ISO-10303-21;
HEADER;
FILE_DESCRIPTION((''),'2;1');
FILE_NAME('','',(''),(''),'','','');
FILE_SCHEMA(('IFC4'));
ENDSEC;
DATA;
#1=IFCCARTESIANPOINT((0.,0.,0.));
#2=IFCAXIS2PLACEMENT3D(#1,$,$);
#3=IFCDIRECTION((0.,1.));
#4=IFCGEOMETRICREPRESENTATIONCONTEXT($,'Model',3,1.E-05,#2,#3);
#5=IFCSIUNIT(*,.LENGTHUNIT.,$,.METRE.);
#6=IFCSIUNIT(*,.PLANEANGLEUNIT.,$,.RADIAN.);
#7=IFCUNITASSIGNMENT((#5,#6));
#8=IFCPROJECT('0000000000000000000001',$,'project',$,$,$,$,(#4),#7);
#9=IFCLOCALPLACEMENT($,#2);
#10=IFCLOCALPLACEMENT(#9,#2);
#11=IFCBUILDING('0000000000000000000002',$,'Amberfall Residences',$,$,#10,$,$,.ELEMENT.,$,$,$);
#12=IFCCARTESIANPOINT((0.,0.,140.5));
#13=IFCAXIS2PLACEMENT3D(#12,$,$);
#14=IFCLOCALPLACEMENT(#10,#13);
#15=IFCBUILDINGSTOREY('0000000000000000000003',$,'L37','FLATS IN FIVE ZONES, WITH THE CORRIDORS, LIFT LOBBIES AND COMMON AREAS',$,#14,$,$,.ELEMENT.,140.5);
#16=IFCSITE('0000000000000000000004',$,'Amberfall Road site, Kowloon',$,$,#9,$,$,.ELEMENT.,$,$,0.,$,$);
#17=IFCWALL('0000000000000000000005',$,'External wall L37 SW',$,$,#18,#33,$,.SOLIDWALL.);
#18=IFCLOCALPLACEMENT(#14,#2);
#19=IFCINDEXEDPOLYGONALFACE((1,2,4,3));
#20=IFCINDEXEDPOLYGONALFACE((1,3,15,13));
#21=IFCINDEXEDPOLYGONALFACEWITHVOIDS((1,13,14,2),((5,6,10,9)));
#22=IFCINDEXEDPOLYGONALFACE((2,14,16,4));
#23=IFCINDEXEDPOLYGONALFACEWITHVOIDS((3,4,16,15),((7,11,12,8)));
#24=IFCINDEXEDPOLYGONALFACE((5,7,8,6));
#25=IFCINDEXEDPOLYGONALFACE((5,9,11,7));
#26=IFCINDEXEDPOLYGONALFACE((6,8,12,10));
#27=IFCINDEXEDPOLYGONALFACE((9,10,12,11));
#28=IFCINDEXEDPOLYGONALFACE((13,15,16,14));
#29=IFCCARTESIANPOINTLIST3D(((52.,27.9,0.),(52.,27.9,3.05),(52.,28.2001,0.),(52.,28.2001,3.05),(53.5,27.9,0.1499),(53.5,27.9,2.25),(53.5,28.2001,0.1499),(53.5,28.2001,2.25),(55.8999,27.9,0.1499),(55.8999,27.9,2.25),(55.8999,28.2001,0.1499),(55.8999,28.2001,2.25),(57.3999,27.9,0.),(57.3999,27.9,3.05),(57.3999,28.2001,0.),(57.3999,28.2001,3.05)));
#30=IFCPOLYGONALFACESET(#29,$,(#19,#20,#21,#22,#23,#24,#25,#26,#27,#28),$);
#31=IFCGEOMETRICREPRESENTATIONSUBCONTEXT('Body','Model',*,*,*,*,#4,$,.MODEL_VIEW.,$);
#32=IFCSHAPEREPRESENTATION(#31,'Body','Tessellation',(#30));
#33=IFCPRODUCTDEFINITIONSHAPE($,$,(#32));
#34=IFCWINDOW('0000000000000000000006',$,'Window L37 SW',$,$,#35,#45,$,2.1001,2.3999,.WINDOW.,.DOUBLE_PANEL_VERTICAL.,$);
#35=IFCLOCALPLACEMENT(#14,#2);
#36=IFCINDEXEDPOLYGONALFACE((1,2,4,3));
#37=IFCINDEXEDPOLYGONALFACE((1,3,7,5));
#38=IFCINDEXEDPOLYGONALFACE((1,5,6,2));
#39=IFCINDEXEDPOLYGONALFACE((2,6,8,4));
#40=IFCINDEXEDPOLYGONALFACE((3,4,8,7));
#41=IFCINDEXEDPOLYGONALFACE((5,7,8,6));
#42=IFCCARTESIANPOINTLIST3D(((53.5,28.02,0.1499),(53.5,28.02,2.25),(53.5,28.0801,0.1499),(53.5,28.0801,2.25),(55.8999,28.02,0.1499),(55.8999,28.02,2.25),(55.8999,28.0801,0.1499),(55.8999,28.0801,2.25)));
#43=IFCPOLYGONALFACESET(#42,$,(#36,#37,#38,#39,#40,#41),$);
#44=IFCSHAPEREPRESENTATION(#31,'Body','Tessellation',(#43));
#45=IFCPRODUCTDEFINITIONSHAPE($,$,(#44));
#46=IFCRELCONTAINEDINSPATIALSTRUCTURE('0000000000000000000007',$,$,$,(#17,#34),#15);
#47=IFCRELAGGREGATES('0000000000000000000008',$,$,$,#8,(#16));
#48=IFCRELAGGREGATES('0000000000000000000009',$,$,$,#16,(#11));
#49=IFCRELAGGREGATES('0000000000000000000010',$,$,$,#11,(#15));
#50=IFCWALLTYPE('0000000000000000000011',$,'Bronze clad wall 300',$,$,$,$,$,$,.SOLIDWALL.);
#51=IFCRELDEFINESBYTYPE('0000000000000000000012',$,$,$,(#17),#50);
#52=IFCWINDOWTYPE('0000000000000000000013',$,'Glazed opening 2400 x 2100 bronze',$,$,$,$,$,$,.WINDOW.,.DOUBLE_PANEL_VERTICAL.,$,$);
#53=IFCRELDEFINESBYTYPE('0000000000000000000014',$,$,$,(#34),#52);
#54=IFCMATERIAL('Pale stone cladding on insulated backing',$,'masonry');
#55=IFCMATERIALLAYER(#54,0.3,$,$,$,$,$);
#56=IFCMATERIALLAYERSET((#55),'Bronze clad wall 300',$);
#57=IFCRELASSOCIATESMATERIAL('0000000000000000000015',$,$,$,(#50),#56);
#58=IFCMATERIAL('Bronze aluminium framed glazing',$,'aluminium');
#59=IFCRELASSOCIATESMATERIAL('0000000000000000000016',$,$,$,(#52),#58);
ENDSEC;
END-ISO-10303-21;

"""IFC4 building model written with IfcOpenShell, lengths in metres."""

from ifc_helpers import new_model, si_unit, direction, frame, frame_2d, origin, place, context, subcontext, project, spatial, rectangle, extrude, material, layer, layer_set, type_object, element, fill, save


model = new_model("IFC4")

# Units and contexts
model_context = context("Model", 3, precision=1e-05, world=origin(), true_north=direction((0.0, 1.0)))
body_context = subcontext(model_context, "Body", "Model", "MODEL_VIEW")
ifc_project = project(units=[si_unit("LENGTHUNIT", "METRE"), si_unit("PLANEANGLEUNIT", "RADIAN")], contexts=[model_context])

# Site, building, storey
site_placement = place(None, origin())
site = spatial("IfcSite", under=ifc_project, at=site_placement, Name="Amberfall Road site, Kowloon", CompositionType="ELEMENT", RefElevation=0.0)
building_placement = place(site_placement, origin())
building = spatial("IfcBuilding", under=site, at=building_placement, Name="Amberfall Residences", CompositionType="ELEMENT")
storey_placement = place(building_placement, frame((0.0, 0.0, 140.5)))
storey = spatial("IfcBuildingStorey", under=building, at=storey_placement, Name="L37", Description="FLATS IN FIVE ZONES, WITH THE CORRIDORS, LIFT LOBBIES AND COMMON AREAS", CompositionType="ELEMENT", Elevation=140.5)

# Wall, opening, window
ifc_material_1 = material(Name="Pale stone cladding on insulated backing", Category="masonry")
ifc_layer_1 = layer(ifc_material_1, 0.3)
ifc_layer_set_1 = layer_set([ifc_layer_1], Name="Bronze clad wall 300")
wall_type = type_object("IfcWallType", Name="Bronze clad wall 300", PredefinedType="SOLIDWALL", material=ifc_layer_set_1)
wall_placement = place(storey_placement, frame((52.0, 28.05, 0.0), z_axis=(0.0, 0.0, 1.0), x_axis=(1.0, 0.0, 0.0)))
wall = element("IfcWall", 1, at=wall_placement, inside=storey, type_object=wall_type, Name="External wall L37 SW", PredefinedType="SOLIDWALL", context=body_context, shape_type="SweptSolid", body=[
    extrude(rectangle(XDim=5.3999, YDim=0.3, at=frame_2d((2.7, 0.0))), origin(), (0.0, 0.0, 1.0), 3.05),
])
opening_placement = place(wall_placement, frame((1.5, 0.0, 0.1499)))
opening = element("IfcOpeningElement", 2, at=opening_placement, cuts=wall, PredefinedType="OPENING", context=body_context, shape_type="SweptSolid", body=[
    extrude(rectangle(XDim=2.3999, YDim=2.1001, at=frame_2d((1.2, 1.05))), frame((0.0, 0.1599, 0.0), z_axis=(0.0, -1.0, 0.0), x_axis=(1.0, 0.0, 0.0)), (0.0, 0.0, 1.0), 0.3201),
])
ifc_material_2 = material(Name="Bronze aluminium framed glazing", Category="aluminium")
window_type = type_object("IfcWindowType", Name="Glazed opening 2400 x 2100 bronze", PartitioningType="DOUBLE_PANEL_VERTICAL", PredefinedType="WINDOW", material=ifc_material_2)
window_placement = place(opening_placement, origin())
window = element("IfcWindow", 3, at=window_placement, inside=storey, type_object=window_type, Name="Window L37 SW", OverallHeight=2.1001, OverallWidth=2.3999, PartitioningType="DOUBLE_PANEL_VERTICAL", PredefinedType="WINDOW", context=body_context, shape_type="SweptSolid", body=[
    extrude(rectangle(XDim=2.3999, YDim=2.1001, at=frame_2d((1.2, 1.05))), frame((0.0, 0.03, 0.0), z_axis=(0.0, -1.0, 0.0), x_axis=(1.0, 0.0, 0.0)), (0.0, 0.0, 1.0), 0.0601),
])
fill(opening, window)

save(model, "model.ifc")
